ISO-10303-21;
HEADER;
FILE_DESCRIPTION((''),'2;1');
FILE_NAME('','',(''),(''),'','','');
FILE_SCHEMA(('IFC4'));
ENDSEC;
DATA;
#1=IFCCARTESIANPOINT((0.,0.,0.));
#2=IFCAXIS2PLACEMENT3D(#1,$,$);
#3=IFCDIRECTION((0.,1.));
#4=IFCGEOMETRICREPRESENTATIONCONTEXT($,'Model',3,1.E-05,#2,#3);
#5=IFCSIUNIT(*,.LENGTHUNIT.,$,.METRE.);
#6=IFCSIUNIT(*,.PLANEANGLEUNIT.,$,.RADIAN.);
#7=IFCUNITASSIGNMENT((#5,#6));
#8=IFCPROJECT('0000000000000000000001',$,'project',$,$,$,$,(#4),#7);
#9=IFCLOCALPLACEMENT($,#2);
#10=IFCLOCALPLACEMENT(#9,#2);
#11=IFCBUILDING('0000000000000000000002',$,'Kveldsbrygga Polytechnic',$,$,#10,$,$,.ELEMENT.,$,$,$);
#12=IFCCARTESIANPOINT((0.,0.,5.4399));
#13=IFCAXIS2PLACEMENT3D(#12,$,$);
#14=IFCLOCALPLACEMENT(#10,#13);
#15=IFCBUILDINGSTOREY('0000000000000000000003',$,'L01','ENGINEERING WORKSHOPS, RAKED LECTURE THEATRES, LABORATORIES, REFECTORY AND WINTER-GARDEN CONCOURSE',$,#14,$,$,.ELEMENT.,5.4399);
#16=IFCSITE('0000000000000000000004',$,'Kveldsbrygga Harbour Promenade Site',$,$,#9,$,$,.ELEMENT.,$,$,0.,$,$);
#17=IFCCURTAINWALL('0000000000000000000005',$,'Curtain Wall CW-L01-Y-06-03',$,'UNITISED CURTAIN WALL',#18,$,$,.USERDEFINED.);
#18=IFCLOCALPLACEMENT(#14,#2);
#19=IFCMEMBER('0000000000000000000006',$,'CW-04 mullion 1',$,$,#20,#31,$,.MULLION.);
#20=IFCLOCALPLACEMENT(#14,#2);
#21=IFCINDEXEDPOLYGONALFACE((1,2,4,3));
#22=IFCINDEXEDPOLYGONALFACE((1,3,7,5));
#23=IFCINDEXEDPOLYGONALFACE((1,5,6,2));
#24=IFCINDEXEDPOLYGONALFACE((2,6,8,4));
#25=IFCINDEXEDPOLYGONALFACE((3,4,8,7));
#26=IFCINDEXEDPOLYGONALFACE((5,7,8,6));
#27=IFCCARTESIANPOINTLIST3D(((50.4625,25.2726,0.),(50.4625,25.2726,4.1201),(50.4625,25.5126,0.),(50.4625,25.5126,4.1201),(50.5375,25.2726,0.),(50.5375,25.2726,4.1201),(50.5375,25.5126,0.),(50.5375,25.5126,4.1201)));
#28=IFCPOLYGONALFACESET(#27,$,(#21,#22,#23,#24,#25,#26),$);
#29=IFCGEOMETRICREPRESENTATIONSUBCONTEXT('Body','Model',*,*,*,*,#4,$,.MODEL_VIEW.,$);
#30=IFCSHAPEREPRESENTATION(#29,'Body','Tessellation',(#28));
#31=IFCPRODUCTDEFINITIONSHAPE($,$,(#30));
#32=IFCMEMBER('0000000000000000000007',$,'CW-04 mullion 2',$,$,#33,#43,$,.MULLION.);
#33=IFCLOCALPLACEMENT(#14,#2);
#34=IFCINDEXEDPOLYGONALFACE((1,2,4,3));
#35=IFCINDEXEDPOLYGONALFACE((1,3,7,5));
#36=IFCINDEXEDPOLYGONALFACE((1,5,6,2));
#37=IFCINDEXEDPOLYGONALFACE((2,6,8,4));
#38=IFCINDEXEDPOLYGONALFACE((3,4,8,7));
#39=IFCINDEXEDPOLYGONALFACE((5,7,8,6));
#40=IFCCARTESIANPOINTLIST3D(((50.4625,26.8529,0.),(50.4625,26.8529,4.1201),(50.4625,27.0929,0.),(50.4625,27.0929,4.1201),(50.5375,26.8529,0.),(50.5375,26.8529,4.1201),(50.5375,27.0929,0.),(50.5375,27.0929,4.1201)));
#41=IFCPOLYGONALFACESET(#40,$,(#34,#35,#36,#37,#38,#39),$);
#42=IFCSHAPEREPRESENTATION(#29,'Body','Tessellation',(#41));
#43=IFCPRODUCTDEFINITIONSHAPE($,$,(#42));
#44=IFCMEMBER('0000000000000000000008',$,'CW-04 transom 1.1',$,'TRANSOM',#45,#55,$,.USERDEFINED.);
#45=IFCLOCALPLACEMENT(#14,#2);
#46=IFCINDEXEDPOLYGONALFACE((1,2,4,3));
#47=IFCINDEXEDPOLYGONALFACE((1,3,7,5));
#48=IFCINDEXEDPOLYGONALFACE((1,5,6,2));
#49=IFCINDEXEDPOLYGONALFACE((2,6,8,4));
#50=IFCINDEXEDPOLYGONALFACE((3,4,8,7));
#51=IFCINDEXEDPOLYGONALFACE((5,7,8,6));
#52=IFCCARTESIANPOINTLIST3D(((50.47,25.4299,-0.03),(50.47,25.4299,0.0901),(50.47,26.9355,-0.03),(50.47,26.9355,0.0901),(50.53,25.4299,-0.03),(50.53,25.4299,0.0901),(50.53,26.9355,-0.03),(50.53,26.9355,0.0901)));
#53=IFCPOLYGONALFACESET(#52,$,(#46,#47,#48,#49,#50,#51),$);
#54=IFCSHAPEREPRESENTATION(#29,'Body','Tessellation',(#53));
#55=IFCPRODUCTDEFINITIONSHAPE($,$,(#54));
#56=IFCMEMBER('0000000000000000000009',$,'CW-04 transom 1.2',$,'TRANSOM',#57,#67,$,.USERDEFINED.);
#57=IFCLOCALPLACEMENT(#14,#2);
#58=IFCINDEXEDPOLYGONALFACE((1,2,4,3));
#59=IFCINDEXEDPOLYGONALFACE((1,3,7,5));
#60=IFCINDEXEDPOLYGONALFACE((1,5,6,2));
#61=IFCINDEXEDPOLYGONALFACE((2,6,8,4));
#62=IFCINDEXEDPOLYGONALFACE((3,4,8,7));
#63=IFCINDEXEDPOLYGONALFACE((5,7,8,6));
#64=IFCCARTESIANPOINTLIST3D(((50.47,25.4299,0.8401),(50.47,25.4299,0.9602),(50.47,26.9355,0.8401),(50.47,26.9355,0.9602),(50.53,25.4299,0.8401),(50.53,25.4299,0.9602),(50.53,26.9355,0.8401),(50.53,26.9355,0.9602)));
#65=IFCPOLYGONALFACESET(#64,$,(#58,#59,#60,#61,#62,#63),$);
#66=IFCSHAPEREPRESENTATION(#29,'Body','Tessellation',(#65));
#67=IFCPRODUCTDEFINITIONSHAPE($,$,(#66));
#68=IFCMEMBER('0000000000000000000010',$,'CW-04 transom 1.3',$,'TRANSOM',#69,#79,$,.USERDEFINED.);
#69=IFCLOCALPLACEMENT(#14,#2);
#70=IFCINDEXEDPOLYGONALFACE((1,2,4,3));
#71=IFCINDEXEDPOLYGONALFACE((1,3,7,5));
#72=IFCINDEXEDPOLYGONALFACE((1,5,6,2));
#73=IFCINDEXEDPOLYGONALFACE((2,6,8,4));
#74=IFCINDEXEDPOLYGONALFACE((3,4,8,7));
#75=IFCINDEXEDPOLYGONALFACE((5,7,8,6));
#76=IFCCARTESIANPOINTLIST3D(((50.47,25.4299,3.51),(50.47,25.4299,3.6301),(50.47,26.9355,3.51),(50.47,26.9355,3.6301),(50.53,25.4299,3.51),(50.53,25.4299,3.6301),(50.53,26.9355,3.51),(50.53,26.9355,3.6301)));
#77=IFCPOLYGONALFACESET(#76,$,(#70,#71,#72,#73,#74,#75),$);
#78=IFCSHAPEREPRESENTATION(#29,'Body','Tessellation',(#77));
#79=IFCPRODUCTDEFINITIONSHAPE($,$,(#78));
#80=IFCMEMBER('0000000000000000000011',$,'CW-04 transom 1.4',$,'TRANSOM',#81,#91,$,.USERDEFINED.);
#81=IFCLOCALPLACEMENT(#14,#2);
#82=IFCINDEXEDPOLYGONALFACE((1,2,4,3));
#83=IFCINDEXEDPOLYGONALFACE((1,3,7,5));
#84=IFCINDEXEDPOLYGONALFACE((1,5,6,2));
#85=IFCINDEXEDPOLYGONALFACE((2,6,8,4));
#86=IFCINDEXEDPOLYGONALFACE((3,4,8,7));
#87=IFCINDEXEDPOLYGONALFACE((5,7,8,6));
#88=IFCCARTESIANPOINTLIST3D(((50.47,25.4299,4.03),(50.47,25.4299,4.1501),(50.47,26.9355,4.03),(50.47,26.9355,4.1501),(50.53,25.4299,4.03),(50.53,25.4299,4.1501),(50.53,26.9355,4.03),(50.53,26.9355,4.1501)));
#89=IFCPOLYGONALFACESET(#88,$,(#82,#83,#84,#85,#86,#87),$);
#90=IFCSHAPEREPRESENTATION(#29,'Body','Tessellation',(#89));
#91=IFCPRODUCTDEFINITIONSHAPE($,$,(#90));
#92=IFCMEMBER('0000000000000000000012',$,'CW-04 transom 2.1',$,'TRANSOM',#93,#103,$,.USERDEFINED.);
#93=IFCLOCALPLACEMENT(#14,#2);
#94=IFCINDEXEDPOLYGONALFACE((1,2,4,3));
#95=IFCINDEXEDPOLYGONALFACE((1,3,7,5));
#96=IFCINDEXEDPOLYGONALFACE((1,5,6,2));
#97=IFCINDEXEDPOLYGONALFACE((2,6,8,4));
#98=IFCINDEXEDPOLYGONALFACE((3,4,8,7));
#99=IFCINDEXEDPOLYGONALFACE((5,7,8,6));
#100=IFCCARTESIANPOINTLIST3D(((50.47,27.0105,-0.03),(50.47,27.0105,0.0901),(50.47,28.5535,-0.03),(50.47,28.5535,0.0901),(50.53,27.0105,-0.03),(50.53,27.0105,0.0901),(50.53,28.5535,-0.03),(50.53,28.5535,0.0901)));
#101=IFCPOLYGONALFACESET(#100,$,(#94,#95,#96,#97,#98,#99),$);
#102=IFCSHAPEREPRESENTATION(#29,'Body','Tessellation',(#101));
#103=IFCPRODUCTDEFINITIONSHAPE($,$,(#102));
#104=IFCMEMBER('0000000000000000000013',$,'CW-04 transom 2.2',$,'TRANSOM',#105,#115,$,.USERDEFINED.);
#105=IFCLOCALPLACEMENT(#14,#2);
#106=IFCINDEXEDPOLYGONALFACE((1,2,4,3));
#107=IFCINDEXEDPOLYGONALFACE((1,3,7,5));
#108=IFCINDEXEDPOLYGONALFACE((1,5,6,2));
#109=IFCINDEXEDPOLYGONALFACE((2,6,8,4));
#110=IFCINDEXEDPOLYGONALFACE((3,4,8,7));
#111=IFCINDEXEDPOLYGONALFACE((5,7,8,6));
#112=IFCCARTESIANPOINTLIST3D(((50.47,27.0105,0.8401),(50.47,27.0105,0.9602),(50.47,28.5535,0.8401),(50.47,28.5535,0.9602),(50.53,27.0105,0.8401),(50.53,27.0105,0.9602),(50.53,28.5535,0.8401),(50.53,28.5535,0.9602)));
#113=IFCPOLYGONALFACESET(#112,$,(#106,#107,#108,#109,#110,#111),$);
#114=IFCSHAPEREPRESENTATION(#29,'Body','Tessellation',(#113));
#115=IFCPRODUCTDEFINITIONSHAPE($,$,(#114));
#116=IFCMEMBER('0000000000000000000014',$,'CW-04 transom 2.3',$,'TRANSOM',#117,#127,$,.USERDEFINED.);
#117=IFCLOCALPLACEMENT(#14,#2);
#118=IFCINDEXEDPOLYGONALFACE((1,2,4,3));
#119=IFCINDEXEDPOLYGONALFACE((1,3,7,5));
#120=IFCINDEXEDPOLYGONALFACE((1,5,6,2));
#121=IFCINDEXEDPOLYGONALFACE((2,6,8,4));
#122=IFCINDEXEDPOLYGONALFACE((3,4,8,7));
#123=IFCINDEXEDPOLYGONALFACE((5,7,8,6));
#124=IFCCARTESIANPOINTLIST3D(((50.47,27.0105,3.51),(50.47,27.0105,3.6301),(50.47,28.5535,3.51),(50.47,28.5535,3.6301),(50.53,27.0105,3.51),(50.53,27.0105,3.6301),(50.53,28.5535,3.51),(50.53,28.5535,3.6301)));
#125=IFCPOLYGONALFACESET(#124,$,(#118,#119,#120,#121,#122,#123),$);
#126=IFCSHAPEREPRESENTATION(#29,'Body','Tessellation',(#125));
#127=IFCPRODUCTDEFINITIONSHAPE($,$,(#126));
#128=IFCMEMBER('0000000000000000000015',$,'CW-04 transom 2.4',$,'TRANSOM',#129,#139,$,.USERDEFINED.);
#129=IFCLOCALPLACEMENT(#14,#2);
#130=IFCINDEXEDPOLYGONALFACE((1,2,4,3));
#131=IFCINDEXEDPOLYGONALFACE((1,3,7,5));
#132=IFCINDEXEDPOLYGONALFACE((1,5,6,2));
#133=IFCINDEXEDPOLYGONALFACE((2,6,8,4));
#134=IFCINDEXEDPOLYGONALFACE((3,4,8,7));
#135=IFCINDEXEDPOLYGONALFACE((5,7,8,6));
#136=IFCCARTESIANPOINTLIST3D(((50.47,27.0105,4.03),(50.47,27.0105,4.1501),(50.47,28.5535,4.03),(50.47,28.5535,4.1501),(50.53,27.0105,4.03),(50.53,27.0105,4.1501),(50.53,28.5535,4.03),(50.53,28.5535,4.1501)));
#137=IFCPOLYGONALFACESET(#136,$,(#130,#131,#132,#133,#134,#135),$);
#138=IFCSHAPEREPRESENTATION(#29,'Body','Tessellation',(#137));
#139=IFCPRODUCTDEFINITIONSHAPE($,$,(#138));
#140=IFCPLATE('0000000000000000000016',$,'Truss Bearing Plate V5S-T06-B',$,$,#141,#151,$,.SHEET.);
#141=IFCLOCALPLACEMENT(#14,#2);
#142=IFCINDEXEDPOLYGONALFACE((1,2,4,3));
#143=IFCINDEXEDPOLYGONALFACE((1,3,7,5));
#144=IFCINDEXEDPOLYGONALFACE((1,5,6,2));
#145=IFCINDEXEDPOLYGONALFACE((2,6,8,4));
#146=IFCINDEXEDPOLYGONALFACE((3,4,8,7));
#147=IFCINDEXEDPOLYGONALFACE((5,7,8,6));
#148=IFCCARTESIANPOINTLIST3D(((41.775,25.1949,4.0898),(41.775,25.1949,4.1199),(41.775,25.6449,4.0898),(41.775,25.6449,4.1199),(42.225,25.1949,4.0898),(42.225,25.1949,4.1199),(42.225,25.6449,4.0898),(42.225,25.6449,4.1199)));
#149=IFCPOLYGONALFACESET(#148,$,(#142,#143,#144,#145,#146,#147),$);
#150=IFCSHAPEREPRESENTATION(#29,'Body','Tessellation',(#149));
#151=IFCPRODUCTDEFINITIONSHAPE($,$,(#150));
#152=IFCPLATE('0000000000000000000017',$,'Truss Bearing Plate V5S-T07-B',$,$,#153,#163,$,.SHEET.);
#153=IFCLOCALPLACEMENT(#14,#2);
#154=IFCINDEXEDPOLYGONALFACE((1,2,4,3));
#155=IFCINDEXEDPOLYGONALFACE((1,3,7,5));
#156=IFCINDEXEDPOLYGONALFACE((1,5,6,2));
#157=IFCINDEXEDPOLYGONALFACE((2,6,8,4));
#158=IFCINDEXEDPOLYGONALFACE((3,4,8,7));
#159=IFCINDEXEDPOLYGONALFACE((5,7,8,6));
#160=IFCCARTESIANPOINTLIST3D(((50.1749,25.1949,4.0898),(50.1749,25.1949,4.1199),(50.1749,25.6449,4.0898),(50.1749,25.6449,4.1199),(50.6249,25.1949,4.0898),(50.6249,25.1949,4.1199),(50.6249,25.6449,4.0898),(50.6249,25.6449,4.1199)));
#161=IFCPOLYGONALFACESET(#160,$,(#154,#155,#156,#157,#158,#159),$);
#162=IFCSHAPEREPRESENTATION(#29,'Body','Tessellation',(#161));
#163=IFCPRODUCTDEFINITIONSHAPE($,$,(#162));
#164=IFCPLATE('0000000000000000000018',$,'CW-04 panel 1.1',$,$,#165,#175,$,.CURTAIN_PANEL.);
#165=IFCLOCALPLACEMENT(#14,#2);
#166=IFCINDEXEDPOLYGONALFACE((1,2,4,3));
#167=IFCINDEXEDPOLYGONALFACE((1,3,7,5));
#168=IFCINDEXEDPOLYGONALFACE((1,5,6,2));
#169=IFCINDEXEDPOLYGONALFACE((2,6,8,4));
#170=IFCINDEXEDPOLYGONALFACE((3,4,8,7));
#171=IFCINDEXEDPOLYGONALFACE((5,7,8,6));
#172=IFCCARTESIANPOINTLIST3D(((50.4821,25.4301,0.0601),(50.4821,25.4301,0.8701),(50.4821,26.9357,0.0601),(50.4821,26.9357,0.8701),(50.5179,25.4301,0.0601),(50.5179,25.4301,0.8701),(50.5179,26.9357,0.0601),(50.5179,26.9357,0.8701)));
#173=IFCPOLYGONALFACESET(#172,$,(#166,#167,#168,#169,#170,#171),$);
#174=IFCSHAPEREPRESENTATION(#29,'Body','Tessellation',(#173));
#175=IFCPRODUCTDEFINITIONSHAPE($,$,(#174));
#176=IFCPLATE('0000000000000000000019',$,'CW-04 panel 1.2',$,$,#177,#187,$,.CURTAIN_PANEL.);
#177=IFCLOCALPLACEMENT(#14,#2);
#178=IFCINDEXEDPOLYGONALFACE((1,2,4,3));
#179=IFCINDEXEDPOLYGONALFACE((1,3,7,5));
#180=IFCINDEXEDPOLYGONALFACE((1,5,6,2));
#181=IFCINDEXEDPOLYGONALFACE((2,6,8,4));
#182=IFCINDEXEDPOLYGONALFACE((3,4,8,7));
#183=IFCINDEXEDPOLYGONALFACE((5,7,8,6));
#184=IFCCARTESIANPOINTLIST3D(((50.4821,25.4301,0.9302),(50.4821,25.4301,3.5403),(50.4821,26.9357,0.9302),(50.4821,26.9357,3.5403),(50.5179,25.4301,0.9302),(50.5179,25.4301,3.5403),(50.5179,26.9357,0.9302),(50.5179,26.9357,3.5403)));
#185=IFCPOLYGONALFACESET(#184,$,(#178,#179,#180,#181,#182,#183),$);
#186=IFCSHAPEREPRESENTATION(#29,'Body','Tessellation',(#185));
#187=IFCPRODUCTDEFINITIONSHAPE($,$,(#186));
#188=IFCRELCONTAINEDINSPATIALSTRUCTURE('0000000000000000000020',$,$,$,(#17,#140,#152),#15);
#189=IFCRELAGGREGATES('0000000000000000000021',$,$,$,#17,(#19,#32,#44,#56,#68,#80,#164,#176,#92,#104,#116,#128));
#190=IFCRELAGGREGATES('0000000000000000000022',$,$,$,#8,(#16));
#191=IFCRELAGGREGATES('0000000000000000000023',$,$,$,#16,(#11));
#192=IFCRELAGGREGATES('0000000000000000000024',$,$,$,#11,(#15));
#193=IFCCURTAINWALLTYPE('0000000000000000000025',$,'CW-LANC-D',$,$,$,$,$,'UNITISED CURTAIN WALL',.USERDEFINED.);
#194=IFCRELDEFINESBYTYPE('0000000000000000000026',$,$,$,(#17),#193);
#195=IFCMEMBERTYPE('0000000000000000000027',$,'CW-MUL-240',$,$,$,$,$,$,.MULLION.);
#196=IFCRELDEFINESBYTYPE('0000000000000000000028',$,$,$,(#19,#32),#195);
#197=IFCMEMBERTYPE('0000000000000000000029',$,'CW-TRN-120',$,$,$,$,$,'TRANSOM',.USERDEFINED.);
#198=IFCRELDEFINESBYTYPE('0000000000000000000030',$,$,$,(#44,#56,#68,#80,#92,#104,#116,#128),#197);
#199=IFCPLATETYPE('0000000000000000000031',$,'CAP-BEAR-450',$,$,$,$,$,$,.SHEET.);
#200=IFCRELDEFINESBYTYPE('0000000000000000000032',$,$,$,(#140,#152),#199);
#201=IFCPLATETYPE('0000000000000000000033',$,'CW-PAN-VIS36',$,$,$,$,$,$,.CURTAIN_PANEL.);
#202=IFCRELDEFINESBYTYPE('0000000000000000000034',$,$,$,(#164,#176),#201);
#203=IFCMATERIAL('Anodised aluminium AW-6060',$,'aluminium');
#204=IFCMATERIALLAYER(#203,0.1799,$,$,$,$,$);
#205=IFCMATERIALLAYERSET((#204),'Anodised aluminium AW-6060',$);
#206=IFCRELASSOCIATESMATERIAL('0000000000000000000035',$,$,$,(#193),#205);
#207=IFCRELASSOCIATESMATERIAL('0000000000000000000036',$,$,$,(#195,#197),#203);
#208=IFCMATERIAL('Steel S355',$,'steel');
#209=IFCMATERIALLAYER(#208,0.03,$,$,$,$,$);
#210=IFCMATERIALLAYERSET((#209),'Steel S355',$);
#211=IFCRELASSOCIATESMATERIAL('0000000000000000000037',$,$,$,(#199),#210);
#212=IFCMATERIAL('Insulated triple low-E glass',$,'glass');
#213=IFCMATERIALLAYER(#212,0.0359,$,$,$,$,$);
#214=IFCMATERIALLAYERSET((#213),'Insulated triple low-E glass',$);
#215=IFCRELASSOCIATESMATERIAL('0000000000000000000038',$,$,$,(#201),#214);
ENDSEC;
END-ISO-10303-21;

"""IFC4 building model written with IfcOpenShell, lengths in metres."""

from ifc_helpers import new_model, si_unit, direction, frame, origin, origin_2d, place, context, subcontext, project, spatial, rectangle, extrude, material, layer, layer_set, material_profile, profile_set, type_object, element, aggregate, save


model = new_model("IFC4")

# Units and contexts
model_context = context("Model", 3, precision=1e-05, world=origin(), true_north=direction((0.0, 1.0)))
body_context = subcontext(model_context, "Body", "Model", "MODEL_VIEW")
ifc_project = project(units=[si_unit("LENGTHUNIT", "METRE"), si_unit("PLANEANGLEUNIT", "RADIAN")], contexts=[model_context])

# Site, building, storey
site_placement = place(None, origin())
site = spatial("IfcSite", under=ifc_project, at=site_placement, Name="Kveldsbrygga Harbour Promenade Site", CompositionType="ELEMENT", RefElevation=0.0)
building_placement = place(site_placement, origin())
building = spatial("IfcBuilding", under=site, at=building_placement, Name="Kveldsbrygga Polytechnic", CompositionType="ELEMENT")
storey_placement = place(building_placement, frame((0.0, 0.0, 5.4399)))
storey = spatial("IfcBuildingStorey", under=building, at=storey_placement, Name="L01", Description="ENGINEERING WORKSHOPS, RAKED LECTURE THEATRES, LABORATORIES, REFECTORY AND WINTER-GARDEN CONCOURSE", CompositionType="ELEMENT", Elevation=5.4399)

# Curtain wall, members
ifc_material_1 = material(Name="Anodised aluminium AW-6060", Category="aluminium")
ifc_layer_1 = layer(ifc_material_1, 0.1799)
ifc_layer_set_1 = layer_set([ifc_layer_1], Name="Anodised aluminium AW-6060")
curtain_wall_type = type_object("IfcCurtainWallType", Name="CW-LANC-D", ElementType="UNITISED CURTAIN WALL", PredefinedType="USERDEFINED", material=ifc_layer_set_1)
curtain_wall_placement = place(storey_placement, origin())
curtain_wall = element("IfcCurtainWall", 1, at=curtain_wall_placement, inside=storey, type_object=curtain_wall_type, Name="Curtain Wall CW-L01-Y-06-03", ObjectType="UNITISED CURTAIN WALL", PredefinedType="USERDEFINED")
ifc_material_profile_1 = material_profile(ifc_material_1, rectangle(XDim=0.075, YDim=0.24, at=origin_2d()), Name="ALU 75x240")
ifc_profile_set_1 = profile_set([ifc_material_profile_1], Name="Anodised aluminium AW-6060")
member_type_1 = type_object("IfcMemberType", Name="CW-MUL-240", PredefinedType="MULLION", material=ifc_profile_set_1)
member_1_placement = place(storey_placement, frame((50.5, 25.3926, 0.0), z_axis=(0.0, 0.0, 1.0), x_axis=(-1.0, 0.0, 0.0)))
member_1 = element("IfcMember", 2, at=member_1_placement, type_object=member_type_1, Name="CW-04 mullion 1", PredefinedType="MULLION", context=body_context, shape_type="SweptSolid", body=[
    extrude(rectangle(XDim=0.075, YDim=0.24, at=origin_2d()), origin(), (0.0, 0.0, 1.0), 4.1201),
])
member_2_placement = place(storey_placement, frame((50.5, 26.9729, 0.0), z_axis=(0.0, 0.0, 1.0), x_axis=(-1.0, 0.0, 0.0)))
member_2 = element("IfcMember", 3, at=member_2_placement, type_object=member_type_1, Name="CW-04 mullion 2", PredefinedType="MULLION", context=body_context, shape_type="SweptSolid", body=[
    extrude(rectangle(XDim=0.075, YDim=0.24, at=origin_2d()), origin(), (0.0, 0.0, 1.0), 4.1201),
])
ifc_material_profile_2 = material_profile(ifc_material_1, rectangle(XDim=0.0601, YDim=0.1201, at=origin_2d()), Name="ALU 60x120")
ifc_profile_set_2 = profile_set([ifc_material_profile_2], Name="Anodised aluminium AW-6060")
member_type_2 = type_object("IfcMemberType", Name="CW-TRN-120", ElementType="TRANSOM", PredefinedType="USERDEFINED", material=ifc_profile_set_2)
member_3_placement = place(storey_placement, frame((50.5, 25.4299, 0.03), z_axis=(0.0, 1.0, 0.0), x_axis=(-1.0, 0.0, 0.0)))
member_3 = element("IfcMember", 4, at=member_3_placement, type_object=member_type_2, Name="CW-04 transom 1.1", ObjectType="TRANSOM", PredefinedType="USERDEFINED", context=body_context, shape_type="SweptSolid", body=[
    extrude(rectangle(XDim=0.0601, YDim=0.1201, at=origin_2d()), origin(), (0.0, 0.0, 1.0), 1.5056),
])
member_4_placement = place(storey_placement, frame((50.5, 25.4299, 0.9001), z_axis=(0.0, 1.0, 0.0), x_axis=(-1.0, 0.0, 0.0)))
member_4 = element("IfcMember", 5, at=member_4_placement, type_object=member_type_2, Name="CW-04 transom 1.2", ObjectType="TRANSOM", PredefinedType="USERDEFINED", context=body_context, shape_type="SweptSolid", body=[
    extrude(rectangle(XDim=0.0601, YDim=0.1201, at=origin_2d()), origin(), (0.0, 0.0, 1.0), 1.5056),
])
member_5_placement = place(storey_placement, frame((50.5, 25.4299, 3.5701), z_axis=(0.0, 1.0, 0.0), x_axis=(-1.0, 0.0, 0.0)))
member_5 = element("IfcMember", 6, at=member_5_placement, type_object=member_type_2, Name="CW-04 transom 1.3", ObjectType="TRANSOM", PredefinedType="USERDEFINED", context=body_context, shape_type="SweptSolid", body=[
    extrude(rectangle(XDim=0.0601, YDim=0.1201, at=origin_2d()), origin(), (0.0, 0.0, 1.0), 1.5056),
])
member_6_placement = place(storey_placement, frame((50.5, 25.4299, 4.0901), z_axis=(0.0, 1.0, 0.0), x_axis=(-1.0, 0.0, 0.0)))
member_6 = element("IfcMember", 7, at=member_6_placement, type_object=member_type_2, Name="CW-04 transom 1.4", ObjectType="TRANSOM", PredefinedType="USERDEFINED", context=body_context, shape_type="SweptSolid", body=[
    extrude(rectangle(XDim=0.0601, YDim=0.1201, at=origin_2d()), origin(), (0.0, 0.0, 1.0), 1.5056),
])
member_7_placement = place(storey_placement, frame((50.5, 27.0105, 0.03), z_axis=(0.0, 1.0, 0.0), x_axis=(-1.0, 0.0, 0.0)))
member_7 = element("IfcMember", 8, at=member_7_placement, type_object=member_type_2, Name="CW-04 transom 2.1", ObjectType="TRANSOM", PredefinedType="USERDEFINED", context=body_context, shape_type="SweptSolid", body=[
    extrude(rectangle(XDim=0.0601, YDim=0.1201, at=origin_2d()), origin(), (0.0, 0.0, 1.0), 1.543),
])
member_8_placement = place(storey_placement, frame((50.5, 27.0105, 0.9001), z_axis=(0.0, 1.0, 0.0), x_axis=(-1.0, 0.0, 0.0)))
member_8 = element("IfcMember", 9, at=member_8_placement, type_object=member_type_2, Name="CW-04 transom 2.2", ObjectType="TRANSOM", PredefinedType="USERDEFINED", context=body_context, shape_type="SweptSolid", body=[
    extrude(rectangle(XDim=0.0601, YDim=0.1201, at=origin_2d()), origin(), (0.0, 0.0, 1.0), 1.543),
])
member_9_placement = place(storey_placement, frame((50.5, 27.0105, 3.5701), z_axis=(0.0, 1.0, 0.0), x_axis=(-1.0, 0.0, 0.0)))
member_9 = element("IfcMember", 10, at=member_9_placement, type_object=member_type_2, Name="CW-04 transom 2.3", ObjectType="TRANSOM", PredefinedType="USERDEFINED", context=body_context, shape_type="SweptSolid", body=[
    extrude(rectangle(XDim=0.0601, YDim=0.1201, at=origin_2d()), origin(), (0.0, 0.0, 1.0), 1.543),
])
member_10_placement = place(storey_placement, frame((50.5, 27.0105, 4.0901), z_axis=(0.0, 1.0, 0.0), x_axis=(-1.0, 0.0, 0.0)))
member_10 = element("IfcMember", 11, at=member_10_placement, type_object=member_type_2, Name="CW-04 transom 2.4", ObjectType="TRANSOM", PredefinedType="USERDEFINED", context=body_context, shape_type="SweptSolid", body=[
    extrude(rectangle(XDim=0.0601, YDim=0.1201, at=origin_2d()), origin(), (0.0, 0.0, 1.0), 1.543),
])

# Plates
ifc_material_2 = material(Name="Steel S355", Category="steel")
ifc_layer_2 = layer(ifc_material_2, 0.03)
ifc_layer_set_2 = layer_set([ifc_layer_2], Name="Steel S355")
plate_type_1 = type_object("IfcPlateType", Name="CAP-BEAR-450", PredefinedType="SHEET", material=ifc_layer_set_2)
for number, where, z_axis, x_axis, name in (
    (12, (42.0, 25.4199, 4.0898), (0.0, 0.0, 1.0), (1.0, 0.0, 0.0), "Truss Bearing Plate V5S-T06-B"),
    (13, (50.3999, 25.4199, 4.0898), (0.0, 0.0, 1.0), (1.0, 0.0, 0.0), "Truss Bearing Plate V5S-T07-B"),
):
    element("IfcPlate", number, at=place(storey_placement, frame(where, z_axis=z_axis, x_axis=x_axis)), inside=storey, type_object=plate_type_1, Name=name, PredefinedType="SHEET", context=body_context, shape_type="SweptSolid", body=[
        extrude(rectangle(XDim=0.45, YDim=0.45, at=origin_2d()), origin(), (0.0, 0.0, 1.0), 0.03),
    ])

# Plates
ifc_material_3 = material(Name="Insulated triple low-E glass", Category="glass")
ifc_layer_3 = layer(ifc_material_3, 0.0359)
ifc_layer_set_3 = layer_set([ifc_layer_3], Name="Insulated triple low-E glass")
plate_type_2 = type_object("IfcPlateType", Name="CW-PAN-VIS36", PredefinedType="CURTAIN_PANEL", material=ifc_layer_set_3)
plate_1_placement = place(storey_placement, frame((50.5, 26.1829, 0.0601), z_axis=(0.0, 0.0, 1.0), x_axis=(0.0, 1.0, 0.0)))
plate_1 = element("IfcPlate", 14, at=plate_1_placement, type_object=plate_type_2, Name="CW-04 panel 1.1", PredefinedType="CURTAIN_PANEL", context=body_context, shape_type="SweptSolid", body=[
    extrude(rectangle(XDim=1.5056, YDim=0.0359, at=origin_2d()), origin(), (0.0, 0.0, 1.0), 0.8101),
])
plate_2_placement = place(storey_placement, frame((50.5, 26.1829, 0.9302), z_axis=(0.0, 0.0, 1.0), x_axis=(0.0, 1.0, 0.0)))
plate_2 = element("IfcPlate", 15, at=plate_2_placement, type_object=plate_type_2, Name="CW-04 panel 1.2", PredefinedType="CURTAIN_PANEL", context=body_context, shape_type="SweptSolid", body=[
    extrude(rectangle(XDim=1.5056, YDim=0.0359, at=origin_2d()), origin(), (0.0, 0.0, 1.0), 2.6101),
])
aggregate(curtain_wall, [member_1, member_2, member_3, member_4, member_5, member_6, plate_1, plate_2, member_7, member_8, member_9, member_10])

save(model, "model.ifc")
